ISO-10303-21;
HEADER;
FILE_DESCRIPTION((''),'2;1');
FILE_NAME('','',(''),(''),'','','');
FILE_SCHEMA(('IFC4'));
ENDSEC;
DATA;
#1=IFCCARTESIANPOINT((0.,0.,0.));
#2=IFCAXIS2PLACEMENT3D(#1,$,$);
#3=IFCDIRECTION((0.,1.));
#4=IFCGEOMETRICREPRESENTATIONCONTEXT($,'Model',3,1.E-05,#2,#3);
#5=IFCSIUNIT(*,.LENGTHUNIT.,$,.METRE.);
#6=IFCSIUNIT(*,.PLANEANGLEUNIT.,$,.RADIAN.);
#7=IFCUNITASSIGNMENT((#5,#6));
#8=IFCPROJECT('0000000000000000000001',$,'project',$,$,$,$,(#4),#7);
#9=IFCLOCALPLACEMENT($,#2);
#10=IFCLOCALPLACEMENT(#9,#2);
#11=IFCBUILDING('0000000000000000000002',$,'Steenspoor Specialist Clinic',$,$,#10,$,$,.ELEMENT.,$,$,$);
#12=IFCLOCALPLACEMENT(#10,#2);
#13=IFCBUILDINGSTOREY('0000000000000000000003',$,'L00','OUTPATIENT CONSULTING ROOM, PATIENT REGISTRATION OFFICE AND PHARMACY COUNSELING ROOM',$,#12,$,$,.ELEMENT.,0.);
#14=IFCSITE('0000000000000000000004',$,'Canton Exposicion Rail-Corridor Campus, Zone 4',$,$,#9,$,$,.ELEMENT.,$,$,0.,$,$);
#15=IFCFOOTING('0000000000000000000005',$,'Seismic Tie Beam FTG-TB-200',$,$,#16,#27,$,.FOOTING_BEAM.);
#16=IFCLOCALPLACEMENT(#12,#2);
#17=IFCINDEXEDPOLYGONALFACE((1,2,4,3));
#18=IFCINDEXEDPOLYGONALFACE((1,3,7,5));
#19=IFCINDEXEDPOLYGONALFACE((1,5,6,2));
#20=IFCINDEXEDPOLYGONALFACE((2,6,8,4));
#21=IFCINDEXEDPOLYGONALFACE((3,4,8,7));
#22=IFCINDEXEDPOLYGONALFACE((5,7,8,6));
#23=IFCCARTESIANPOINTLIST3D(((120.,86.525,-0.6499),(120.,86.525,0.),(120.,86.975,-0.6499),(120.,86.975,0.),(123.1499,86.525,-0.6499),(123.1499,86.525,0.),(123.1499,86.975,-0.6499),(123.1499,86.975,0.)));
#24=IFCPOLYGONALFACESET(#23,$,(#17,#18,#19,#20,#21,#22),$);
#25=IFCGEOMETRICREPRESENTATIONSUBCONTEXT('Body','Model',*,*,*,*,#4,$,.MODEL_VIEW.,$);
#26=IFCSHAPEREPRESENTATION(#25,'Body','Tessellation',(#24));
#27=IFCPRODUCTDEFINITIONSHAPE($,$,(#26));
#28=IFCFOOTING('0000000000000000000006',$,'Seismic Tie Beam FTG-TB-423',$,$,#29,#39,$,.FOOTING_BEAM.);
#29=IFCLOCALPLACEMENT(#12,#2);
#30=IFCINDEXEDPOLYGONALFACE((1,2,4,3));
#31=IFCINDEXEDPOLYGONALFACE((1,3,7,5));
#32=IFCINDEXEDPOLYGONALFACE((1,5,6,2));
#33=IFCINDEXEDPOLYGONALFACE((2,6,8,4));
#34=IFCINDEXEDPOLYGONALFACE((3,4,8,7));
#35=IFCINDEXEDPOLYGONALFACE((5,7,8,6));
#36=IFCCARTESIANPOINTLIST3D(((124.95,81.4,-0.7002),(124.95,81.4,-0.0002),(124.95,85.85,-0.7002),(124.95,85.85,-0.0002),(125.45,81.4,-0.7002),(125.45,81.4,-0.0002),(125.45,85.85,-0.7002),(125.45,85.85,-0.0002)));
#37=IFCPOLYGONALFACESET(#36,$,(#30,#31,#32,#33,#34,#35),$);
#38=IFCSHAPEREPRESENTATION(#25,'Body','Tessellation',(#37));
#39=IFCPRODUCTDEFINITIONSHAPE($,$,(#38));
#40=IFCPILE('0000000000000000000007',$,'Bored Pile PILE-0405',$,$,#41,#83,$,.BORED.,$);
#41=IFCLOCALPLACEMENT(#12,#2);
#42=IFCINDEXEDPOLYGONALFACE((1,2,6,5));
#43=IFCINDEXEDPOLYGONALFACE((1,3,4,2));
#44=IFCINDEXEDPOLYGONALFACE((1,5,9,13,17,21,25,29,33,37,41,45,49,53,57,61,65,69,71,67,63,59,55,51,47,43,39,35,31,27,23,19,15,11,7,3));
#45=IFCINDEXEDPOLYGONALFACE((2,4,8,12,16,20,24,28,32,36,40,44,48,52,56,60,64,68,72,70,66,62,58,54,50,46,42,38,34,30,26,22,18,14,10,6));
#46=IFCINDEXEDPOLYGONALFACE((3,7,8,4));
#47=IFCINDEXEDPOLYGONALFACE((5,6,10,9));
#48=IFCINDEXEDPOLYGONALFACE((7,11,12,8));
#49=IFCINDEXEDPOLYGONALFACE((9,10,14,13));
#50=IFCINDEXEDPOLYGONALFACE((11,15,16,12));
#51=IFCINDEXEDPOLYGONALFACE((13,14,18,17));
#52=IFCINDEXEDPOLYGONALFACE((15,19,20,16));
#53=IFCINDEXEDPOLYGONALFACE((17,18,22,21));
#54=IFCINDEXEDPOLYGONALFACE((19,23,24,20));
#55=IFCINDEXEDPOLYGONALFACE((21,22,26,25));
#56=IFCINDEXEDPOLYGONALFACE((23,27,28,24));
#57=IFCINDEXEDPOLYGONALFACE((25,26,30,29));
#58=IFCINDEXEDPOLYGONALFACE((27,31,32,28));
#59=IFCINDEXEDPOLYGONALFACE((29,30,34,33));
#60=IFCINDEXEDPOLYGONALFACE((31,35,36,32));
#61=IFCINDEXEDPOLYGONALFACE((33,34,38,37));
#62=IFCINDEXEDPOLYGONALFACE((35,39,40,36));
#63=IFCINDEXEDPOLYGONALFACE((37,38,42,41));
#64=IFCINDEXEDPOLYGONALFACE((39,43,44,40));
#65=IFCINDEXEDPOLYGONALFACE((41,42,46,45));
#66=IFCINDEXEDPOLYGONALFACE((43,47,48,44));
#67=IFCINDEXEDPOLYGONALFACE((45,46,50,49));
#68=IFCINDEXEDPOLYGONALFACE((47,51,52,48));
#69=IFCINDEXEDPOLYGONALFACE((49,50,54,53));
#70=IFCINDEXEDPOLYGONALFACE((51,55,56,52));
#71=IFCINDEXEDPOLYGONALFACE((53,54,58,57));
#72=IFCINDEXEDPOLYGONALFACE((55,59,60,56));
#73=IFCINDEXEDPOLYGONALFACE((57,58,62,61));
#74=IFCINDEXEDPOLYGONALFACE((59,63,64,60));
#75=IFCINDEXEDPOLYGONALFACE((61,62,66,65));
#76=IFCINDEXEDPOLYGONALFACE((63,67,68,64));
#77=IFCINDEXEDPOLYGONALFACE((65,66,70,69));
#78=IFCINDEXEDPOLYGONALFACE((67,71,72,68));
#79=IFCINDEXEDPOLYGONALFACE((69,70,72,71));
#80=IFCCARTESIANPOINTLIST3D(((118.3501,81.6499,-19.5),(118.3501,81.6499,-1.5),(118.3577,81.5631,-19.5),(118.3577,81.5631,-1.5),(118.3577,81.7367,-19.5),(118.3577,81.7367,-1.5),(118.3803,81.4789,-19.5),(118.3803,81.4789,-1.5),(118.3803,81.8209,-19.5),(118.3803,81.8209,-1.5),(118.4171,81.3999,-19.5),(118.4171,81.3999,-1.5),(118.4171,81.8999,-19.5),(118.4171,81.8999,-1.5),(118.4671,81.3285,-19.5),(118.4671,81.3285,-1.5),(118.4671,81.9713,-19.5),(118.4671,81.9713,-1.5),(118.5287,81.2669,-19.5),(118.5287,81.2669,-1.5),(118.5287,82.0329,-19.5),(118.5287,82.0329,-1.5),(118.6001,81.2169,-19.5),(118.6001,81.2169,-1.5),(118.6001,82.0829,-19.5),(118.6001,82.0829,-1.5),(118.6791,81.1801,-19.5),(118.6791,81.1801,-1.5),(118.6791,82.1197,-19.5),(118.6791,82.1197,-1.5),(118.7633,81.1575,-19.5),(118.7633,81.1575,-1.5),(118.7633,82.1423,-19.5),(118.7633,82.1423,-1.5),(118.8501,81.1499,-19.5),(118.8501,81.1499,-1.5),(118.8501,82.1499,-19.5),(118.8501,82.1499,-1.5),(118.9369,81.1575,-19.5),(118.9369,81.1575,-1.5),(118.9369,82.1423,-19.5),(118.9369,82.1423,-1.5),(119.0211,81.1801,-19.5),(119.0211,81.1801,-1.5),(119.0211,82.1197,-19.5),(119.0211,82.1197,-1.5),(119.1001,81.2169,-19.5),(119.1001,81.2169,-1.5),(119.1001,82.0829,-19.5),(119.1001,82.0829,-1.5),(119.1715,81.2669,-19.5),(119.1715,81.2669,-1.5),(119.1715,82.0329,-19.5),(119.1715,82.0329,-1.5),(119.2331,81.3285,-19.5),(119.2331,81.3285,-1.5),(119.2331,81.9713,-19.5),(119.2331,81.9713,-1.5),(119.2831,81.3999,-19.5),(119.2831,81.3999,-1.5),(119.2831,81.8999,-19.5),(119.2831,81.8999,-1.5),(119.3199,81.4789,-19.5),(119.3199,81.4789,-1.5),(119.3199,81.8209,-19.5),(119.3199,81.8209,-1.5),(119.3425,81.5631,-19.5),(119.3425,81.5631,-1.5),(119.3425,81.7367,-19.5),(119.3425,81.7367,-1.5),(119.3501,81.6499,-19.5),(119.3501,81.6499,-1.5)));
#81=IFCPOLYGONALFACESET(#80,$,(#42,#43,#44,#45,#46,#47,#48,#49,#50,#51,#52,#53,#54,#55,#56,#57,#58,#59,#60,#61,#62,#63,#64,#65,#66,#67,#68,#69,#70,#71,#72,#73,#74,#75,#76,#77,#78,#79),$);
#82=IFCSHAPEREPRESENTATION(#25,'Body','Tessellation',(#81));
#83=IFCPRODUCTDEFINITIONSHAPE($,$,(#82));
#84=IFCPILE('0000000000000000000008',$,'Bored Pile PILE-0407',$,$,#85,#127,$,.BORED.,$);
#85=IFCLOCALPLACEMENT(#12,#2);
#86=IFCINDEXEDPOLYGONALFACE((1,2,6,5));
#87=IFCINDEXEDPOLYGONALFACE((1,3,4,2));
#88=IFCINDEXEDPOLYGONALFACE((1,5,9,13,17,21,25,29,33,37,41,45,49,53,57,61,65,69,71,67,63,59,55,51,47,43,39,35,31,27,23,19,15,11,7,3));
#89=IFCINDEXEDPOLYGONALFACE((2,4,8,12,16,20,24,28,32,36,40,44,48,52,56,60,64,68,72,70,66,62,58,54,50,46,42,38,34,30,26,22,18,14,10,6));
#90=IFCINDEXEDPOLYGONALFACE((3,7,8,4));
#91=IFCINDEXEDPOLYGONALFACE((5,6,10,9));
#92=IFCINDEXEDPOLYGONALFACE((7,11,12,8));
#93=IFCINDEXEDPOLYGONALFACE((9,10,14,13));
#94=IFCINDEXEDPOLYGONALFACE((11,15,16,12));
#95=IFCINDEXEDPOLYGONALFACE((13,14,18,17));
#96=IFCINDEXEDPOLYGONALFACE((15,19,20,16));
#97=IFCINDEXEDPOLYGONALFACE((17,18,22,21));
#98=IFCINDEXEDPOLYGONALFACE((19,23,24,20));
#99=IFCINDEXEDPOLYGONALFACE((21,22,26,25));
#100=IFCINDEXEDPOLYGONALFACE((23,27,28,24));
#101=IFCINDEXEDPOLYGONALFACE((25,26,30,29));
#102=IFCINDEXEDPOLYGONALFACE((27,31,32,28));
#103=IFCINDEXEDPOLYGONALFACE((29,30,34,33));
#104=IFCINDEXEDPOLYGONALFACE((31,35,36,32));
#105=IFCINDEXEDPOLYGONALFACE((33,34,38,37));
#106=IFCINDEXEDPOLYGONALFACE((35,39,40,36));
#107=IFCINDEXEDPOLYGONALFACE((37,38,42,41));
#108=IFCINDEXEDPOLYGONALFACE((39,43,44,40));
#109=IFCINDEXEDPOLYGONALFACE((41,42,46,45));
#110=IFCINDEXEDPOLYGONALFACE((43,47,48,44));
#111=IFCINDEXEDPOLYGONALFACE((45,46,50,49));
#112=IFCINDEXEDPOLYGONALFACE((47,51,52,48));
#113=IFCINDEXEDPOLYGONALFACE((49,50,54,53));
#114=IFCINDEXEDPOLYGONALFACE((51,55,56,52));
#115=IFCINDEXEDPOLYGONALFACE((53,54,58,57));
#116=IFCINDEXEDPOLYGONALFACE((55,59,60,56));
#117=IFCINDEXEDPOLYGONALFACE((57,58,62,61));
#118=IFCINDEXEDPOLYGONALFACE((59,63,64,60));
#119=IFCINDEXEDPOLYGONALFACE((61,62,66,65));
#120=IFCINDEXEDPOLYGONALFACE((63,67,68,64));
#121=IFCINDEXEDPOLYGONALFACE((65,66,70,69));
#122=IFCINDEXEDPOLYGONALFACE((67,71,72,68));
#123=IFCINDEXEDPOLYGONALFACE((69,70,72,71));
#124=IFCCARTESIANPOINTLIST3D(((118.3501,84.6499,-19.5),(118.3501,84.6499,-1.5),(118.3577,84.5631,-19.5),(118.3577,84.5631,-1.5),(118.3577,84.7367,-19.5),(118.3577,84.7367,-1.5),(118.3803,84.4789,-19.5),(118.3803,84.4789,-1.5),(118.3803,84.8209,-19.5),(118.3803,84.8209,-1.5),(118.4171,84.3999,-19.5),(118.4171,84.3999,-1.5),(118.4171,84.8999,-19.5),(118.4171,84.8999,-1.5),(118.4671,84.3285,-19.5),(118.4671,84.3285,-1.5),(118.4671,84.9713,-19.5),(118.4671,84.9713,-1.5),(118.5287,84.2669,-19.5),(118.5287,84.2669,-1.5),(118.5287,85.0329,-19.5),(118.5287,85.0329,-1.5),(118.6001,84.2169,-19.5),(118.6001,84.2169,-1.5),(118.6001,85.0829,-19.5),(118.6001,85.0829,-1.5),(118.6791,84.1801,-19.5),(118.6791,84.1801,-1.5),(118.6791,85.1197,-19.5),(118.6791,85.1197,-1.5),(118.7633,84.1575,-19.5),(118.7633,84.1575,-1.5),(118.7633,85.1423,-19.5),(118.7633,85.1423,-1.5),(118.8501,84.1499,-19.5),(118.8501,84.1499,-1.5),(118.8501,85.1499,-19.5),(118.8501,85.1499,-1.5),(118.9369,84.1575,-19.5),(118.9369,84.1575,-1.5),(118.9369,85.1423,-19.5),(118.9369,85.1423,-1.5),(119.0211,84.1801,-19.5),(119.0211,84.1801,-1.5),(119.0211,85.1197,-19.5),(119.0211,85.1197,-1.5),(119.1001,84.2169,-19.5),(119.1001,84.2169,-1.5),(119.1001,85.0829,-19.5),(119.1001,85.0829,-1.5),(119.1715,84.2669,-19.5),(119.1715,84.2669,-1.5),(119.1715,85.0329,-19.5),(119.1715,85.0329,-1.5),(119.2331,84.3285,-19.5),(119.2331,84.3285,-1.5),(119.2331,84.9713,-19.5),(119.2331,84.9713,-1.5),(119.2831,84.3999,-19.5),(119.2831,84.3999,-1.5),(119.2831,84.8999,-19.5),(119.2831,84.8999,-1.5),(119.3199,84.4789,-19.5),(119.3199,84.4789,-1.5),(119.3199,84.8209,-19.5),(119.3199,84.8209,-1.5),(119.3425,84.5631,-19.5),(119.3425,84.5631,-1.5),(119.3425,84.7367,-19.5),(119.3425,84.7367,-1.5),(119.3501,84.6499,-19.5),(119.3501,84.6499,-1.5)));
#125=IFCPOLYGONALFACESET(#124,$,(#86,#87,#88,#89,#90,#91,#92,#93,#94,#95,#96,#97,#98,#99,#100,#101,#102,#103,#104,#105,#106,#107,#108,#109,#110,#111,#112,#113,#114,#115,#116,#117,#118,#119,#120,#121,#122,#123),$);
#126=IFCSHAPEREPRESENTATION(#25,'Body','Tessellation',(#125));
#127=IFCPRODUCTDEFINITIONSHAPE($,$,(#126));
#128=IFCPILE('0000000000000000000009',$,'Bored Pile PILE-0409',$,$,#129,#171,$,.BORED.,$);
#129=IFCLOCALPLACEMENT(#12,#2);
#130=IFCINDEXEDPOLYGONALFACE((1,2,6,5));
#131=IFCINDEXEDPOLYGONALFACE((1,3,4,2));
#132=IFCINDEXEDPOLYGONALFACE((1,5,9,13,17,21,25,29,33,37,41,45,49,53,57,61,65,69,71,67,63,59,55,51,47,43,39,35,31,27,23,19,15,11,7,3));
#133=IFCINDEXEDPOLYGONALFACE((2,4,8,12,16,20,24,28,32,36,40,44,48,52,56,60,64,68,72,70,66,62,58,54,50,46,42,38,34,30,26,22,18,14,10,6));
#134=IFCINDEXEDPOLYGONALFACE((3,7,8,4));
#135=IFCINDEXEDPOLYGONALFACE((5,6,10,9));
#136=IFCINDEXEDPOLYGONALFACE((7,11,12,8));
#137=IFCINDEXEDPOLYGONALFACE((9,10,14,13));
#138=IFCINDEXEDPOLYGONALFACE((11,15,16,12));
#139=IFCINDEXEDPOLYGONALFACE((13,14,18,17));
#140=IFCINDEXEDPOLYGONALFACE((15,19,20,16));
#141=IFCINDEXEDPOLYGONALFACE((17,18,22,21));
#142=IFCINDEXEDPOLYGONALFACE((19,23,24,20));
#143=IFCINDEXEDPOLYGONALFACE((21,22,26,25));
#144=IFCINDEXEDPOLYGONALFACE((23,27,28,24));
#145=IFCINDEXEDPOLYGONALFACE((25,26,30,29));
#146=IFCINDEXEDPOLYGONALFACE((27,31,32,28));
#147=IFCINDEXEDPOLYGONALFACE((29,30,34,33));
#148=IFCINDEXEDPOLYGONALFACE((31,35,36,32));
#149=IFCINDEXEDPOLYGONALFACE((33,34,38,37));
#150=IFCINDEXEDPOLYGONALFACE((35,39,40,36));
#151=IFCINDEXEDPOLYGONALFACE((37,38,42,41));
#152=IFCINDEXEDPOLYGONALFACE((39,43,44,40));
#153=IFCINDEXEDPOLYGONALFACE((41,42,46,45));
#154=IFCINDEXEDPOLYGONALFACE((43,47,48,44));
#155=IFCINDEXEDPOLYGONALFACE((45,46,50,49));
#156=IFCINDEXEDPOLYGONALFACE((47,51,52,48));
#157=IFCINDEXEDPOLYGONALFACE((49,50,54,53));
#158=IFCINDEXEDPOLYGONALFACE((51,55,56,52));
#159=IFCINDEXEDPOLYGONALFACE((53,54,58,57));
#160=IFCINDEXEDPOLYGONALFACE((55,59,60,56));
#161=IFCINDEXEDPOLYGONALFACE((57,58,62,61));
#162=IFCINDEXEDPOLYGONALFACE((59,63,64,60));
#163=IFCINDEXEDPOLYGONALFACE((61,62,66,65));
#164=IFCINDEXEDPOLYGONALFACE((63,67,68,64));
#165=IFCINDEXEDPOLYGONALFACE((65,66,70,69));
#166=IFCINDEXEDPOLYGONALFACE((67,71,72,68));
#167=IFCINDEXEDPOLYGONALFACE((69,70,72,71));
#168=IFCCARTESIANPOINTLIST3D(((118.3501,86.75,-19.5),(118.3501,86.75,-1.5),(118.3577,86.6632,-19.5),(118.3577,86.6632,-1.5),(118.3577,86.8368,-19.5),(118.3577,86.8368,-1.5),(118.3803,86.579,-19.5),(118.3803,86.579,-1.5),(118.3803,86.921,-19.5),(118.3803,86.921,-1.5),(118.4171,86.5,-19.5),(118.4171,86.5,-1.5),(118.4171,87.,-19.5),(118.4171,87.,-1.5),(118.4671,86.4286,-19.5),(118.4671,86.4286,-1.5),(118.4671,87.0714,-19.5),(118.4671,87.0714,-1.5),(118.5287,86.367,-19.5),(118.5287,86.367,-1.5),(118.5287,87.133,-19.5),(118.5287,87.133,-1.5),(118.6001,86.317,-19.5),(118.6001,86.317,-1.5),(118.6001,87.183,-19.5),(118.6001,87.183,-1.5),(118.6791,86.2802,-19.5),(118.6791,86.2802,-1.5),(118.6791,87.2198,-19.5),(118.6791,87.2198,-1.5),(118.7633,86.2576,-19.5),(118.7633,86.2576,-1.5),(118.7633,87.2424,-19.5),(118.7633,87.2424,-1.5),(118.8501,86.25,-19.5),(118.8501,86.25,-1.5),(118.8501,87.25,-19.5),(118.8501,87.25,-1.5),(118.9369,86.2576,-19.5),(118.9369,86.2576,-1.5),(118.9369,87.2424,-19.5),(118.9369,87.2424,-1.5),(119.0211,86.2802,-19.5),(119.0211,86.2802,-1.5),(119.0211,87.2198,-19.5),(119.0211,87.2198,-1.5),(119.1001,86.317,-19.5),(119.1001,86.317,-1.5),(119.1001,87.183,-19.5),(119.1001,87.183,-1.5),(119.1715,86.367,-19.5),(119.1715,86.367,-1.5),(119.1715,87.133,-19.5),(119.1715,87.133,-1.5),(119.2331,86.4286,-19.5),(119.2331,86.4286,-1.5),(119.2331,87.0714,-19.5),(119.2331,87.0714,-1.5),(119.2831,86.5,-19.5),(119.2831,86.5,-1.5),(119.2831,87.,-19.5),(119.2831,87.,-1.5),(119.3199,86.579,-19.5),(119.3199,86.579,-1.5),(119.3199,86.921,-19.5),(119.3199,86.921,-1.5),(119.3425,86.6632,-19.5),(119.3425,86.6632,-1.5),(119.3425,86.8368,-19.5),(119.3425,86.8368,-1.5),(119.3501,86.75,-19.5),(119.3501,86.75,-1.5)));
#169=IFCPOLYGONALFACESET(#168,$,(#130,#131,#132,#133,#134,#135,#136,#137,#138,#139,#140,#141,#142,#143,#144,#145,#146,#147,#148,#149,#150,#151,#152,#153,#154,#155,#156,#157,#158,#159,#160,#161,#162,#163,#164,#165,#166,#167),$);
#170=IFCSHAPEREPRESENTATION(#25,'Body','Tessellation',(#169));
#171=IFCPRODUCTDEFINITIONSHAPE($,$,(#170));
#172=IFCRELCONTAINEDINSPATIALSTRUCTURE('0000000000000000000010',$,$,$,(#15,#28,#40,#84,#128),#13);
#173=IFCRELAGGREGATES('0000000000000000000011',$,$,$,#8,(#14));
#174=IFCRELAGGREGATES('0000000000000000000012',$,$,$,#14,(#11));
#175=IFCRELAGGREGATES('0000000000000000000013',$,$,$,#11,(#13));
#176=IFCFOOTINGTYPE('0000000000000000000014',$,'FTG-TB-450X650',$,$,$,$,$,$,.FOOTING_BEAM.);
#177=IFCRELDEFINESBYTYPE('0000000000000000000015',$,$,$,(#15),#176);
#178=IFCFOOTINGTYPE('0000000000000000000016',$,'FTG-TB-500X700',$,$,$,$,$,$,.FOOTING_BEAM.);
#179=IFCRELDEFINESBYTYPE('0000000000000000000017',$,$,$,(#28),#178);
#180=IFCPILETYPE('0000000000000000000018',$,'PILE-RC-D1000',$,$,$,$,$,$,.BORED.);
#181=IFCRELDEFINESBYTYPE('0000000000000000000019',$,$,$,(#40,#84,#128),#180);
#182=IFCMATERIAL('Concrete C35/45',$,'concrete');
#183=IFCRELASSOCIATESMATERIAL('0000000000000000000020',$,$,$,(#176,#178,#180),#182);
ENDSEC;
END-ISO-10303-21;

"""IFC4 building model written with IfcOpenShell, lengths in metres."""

from ifc_helpers import new_model, si_unit, direction, frame, origin, origin_2d, place, context, subcontext, project, spatial, rectangle, circle, extrude, material, material_profile, profile_set, type_object, element, save


model = new_model("IFC4")

# Units and contexts
model_context = context("Model", 3, precision=1e-05, world=origin(), true_north=direction((0.0, 1.0)))
body_context = subcontext(model_context, "Body", "Model", "MODEL_VIEW")
ifc_project = project(units=[si_unit("LENGTHUNIT", "METRE"), si_unit("PLANEANGLEUNIT", "RADIAN")], contexts=[model_context])

# Site, building, storey
site_placement = place(None, origin())
site = spatial("IfcSite", under=ifc_project, at=site_placement, Name="Canton Exposicion Rail-Corridor Campus, Zone 4", CompositionType="ELEMENT", RefElevation=0.0)
building_placement = place(site_placement, origin())
building = spatial("IfcBuilding", under=site, at=building_placement, Name="Steenspoor Specialist Clinic", CompositionType="ELEMENT")
storey_placement = place(building_placement, origin())
storey = spatial("IfcBuildingStorey", under=building, at=storey_placement, Name="L00", Description="OUTPATIENT CONSULTING ROOM, PATIENT REGISTRATION OFFICE AND PHARMACY COUNSELING ROOM", CompositionType="ELEMENT", Elevation=0.0)

# Footings
ifc_material_1 = material(Name="Concrete C35/45", Category="concrete")
footing_type_1 = type_object("IfcFootingType", Name="FTG-TB-450X650", PredefinedType="FOOTING_BEAM", material=ifc_material_1)
footing_1_placement = place(storey_placement, frame((121.575, 86.75, -0.6499), z_axis=(0.0, 0.0, 1.0), x_axis=(1.0, 0.0, 0.0)))
element("IfcFooting", 1, at=footing_1_placement, inside=storey, type_object=footing_type_1, Name="Seismic Tie Beam FTG-TB-200", PredefinedType="FOOTING_BEAM", context=body_context, shape_type="SweptSolid", body=[
    extrude(rectangle(XDim=3.1499, YDim=0.45, at=origin_2d()), origin(), (0.0, 0.0, 1.0), 0.6499),
])
footing_type_2 = type_object("IfcFootingType", Name="FTG-TB-500X700", PredefinedType="FOOTING_BEAM", material=ifc_material_1)
footing_2_placement = place(storey_placement, frame((125.2, 83.625, -0.7002), z_axis=(0.0, 0.0, 1.0), x_axis=(1.0, 0.0, 0.0)))
element("IfcFooting", 2, at=footing_2_placement, inside=storey, type_object=footing_type_2, Name="Seismic Tie Beam FTG-TB-423", PredefinedType="FOOTING_BEAM", context=body_context, shape_type="SweptSolid", body=[
    extrude(rectangle(XDim=0.5, YDim=4.45, at=origin_2d()), origin(), (0.0, 0.0, 1.0), 0.7),
])

# Piles
ifc_material_profile_1 = material_profile(ifc_material_1, circle(Radius=0.5, at=origin_2d()), Name="PILE-D1000")
ifc_profile_set_1 = profile_set([ifc_material_profile_1], Name="Concrete C35/45")
pile_type = type_object("IfcPileType", Name="PILE-RC-D1000", PredefinedType="BORED", material=ifc_profile_set_1)
for number, where, z_axis, x_axis, name in (
    (3, (118.8501, 81.6499, -1.5), (0.0, 0.0, -1.0), (1.0, 0.0, 0.0), "Bored Pile PILE-0405"),
    (4, (118.8501, 84.6499, -1.5), (0.0, 0.0, -1.0), (1.0, 0.0, 0.0), "Bored Pile PILE-0407"),
    (5, (118.8501, 86.75, -1.5), (0.0, 0.0, -1.0), (1.0, 0.0, 0.0), "Bored Pile PILE-0409"),
):
    element("IfcPile", number, at=place(storey_placement, frame(where, z_axis=z_axis, x_axis=x_axis)), inside=storey, type_object=pile_type, Name=name, PredefinedType="BORED", context=body_context, shape_type="SweptSolid", body=[
        extrude(circle(Radius=0.5, at=origin_2d()), origin(), (0.0, 0.0, 1.0), 18.0),
    ])

save(model, "model.ifc")
